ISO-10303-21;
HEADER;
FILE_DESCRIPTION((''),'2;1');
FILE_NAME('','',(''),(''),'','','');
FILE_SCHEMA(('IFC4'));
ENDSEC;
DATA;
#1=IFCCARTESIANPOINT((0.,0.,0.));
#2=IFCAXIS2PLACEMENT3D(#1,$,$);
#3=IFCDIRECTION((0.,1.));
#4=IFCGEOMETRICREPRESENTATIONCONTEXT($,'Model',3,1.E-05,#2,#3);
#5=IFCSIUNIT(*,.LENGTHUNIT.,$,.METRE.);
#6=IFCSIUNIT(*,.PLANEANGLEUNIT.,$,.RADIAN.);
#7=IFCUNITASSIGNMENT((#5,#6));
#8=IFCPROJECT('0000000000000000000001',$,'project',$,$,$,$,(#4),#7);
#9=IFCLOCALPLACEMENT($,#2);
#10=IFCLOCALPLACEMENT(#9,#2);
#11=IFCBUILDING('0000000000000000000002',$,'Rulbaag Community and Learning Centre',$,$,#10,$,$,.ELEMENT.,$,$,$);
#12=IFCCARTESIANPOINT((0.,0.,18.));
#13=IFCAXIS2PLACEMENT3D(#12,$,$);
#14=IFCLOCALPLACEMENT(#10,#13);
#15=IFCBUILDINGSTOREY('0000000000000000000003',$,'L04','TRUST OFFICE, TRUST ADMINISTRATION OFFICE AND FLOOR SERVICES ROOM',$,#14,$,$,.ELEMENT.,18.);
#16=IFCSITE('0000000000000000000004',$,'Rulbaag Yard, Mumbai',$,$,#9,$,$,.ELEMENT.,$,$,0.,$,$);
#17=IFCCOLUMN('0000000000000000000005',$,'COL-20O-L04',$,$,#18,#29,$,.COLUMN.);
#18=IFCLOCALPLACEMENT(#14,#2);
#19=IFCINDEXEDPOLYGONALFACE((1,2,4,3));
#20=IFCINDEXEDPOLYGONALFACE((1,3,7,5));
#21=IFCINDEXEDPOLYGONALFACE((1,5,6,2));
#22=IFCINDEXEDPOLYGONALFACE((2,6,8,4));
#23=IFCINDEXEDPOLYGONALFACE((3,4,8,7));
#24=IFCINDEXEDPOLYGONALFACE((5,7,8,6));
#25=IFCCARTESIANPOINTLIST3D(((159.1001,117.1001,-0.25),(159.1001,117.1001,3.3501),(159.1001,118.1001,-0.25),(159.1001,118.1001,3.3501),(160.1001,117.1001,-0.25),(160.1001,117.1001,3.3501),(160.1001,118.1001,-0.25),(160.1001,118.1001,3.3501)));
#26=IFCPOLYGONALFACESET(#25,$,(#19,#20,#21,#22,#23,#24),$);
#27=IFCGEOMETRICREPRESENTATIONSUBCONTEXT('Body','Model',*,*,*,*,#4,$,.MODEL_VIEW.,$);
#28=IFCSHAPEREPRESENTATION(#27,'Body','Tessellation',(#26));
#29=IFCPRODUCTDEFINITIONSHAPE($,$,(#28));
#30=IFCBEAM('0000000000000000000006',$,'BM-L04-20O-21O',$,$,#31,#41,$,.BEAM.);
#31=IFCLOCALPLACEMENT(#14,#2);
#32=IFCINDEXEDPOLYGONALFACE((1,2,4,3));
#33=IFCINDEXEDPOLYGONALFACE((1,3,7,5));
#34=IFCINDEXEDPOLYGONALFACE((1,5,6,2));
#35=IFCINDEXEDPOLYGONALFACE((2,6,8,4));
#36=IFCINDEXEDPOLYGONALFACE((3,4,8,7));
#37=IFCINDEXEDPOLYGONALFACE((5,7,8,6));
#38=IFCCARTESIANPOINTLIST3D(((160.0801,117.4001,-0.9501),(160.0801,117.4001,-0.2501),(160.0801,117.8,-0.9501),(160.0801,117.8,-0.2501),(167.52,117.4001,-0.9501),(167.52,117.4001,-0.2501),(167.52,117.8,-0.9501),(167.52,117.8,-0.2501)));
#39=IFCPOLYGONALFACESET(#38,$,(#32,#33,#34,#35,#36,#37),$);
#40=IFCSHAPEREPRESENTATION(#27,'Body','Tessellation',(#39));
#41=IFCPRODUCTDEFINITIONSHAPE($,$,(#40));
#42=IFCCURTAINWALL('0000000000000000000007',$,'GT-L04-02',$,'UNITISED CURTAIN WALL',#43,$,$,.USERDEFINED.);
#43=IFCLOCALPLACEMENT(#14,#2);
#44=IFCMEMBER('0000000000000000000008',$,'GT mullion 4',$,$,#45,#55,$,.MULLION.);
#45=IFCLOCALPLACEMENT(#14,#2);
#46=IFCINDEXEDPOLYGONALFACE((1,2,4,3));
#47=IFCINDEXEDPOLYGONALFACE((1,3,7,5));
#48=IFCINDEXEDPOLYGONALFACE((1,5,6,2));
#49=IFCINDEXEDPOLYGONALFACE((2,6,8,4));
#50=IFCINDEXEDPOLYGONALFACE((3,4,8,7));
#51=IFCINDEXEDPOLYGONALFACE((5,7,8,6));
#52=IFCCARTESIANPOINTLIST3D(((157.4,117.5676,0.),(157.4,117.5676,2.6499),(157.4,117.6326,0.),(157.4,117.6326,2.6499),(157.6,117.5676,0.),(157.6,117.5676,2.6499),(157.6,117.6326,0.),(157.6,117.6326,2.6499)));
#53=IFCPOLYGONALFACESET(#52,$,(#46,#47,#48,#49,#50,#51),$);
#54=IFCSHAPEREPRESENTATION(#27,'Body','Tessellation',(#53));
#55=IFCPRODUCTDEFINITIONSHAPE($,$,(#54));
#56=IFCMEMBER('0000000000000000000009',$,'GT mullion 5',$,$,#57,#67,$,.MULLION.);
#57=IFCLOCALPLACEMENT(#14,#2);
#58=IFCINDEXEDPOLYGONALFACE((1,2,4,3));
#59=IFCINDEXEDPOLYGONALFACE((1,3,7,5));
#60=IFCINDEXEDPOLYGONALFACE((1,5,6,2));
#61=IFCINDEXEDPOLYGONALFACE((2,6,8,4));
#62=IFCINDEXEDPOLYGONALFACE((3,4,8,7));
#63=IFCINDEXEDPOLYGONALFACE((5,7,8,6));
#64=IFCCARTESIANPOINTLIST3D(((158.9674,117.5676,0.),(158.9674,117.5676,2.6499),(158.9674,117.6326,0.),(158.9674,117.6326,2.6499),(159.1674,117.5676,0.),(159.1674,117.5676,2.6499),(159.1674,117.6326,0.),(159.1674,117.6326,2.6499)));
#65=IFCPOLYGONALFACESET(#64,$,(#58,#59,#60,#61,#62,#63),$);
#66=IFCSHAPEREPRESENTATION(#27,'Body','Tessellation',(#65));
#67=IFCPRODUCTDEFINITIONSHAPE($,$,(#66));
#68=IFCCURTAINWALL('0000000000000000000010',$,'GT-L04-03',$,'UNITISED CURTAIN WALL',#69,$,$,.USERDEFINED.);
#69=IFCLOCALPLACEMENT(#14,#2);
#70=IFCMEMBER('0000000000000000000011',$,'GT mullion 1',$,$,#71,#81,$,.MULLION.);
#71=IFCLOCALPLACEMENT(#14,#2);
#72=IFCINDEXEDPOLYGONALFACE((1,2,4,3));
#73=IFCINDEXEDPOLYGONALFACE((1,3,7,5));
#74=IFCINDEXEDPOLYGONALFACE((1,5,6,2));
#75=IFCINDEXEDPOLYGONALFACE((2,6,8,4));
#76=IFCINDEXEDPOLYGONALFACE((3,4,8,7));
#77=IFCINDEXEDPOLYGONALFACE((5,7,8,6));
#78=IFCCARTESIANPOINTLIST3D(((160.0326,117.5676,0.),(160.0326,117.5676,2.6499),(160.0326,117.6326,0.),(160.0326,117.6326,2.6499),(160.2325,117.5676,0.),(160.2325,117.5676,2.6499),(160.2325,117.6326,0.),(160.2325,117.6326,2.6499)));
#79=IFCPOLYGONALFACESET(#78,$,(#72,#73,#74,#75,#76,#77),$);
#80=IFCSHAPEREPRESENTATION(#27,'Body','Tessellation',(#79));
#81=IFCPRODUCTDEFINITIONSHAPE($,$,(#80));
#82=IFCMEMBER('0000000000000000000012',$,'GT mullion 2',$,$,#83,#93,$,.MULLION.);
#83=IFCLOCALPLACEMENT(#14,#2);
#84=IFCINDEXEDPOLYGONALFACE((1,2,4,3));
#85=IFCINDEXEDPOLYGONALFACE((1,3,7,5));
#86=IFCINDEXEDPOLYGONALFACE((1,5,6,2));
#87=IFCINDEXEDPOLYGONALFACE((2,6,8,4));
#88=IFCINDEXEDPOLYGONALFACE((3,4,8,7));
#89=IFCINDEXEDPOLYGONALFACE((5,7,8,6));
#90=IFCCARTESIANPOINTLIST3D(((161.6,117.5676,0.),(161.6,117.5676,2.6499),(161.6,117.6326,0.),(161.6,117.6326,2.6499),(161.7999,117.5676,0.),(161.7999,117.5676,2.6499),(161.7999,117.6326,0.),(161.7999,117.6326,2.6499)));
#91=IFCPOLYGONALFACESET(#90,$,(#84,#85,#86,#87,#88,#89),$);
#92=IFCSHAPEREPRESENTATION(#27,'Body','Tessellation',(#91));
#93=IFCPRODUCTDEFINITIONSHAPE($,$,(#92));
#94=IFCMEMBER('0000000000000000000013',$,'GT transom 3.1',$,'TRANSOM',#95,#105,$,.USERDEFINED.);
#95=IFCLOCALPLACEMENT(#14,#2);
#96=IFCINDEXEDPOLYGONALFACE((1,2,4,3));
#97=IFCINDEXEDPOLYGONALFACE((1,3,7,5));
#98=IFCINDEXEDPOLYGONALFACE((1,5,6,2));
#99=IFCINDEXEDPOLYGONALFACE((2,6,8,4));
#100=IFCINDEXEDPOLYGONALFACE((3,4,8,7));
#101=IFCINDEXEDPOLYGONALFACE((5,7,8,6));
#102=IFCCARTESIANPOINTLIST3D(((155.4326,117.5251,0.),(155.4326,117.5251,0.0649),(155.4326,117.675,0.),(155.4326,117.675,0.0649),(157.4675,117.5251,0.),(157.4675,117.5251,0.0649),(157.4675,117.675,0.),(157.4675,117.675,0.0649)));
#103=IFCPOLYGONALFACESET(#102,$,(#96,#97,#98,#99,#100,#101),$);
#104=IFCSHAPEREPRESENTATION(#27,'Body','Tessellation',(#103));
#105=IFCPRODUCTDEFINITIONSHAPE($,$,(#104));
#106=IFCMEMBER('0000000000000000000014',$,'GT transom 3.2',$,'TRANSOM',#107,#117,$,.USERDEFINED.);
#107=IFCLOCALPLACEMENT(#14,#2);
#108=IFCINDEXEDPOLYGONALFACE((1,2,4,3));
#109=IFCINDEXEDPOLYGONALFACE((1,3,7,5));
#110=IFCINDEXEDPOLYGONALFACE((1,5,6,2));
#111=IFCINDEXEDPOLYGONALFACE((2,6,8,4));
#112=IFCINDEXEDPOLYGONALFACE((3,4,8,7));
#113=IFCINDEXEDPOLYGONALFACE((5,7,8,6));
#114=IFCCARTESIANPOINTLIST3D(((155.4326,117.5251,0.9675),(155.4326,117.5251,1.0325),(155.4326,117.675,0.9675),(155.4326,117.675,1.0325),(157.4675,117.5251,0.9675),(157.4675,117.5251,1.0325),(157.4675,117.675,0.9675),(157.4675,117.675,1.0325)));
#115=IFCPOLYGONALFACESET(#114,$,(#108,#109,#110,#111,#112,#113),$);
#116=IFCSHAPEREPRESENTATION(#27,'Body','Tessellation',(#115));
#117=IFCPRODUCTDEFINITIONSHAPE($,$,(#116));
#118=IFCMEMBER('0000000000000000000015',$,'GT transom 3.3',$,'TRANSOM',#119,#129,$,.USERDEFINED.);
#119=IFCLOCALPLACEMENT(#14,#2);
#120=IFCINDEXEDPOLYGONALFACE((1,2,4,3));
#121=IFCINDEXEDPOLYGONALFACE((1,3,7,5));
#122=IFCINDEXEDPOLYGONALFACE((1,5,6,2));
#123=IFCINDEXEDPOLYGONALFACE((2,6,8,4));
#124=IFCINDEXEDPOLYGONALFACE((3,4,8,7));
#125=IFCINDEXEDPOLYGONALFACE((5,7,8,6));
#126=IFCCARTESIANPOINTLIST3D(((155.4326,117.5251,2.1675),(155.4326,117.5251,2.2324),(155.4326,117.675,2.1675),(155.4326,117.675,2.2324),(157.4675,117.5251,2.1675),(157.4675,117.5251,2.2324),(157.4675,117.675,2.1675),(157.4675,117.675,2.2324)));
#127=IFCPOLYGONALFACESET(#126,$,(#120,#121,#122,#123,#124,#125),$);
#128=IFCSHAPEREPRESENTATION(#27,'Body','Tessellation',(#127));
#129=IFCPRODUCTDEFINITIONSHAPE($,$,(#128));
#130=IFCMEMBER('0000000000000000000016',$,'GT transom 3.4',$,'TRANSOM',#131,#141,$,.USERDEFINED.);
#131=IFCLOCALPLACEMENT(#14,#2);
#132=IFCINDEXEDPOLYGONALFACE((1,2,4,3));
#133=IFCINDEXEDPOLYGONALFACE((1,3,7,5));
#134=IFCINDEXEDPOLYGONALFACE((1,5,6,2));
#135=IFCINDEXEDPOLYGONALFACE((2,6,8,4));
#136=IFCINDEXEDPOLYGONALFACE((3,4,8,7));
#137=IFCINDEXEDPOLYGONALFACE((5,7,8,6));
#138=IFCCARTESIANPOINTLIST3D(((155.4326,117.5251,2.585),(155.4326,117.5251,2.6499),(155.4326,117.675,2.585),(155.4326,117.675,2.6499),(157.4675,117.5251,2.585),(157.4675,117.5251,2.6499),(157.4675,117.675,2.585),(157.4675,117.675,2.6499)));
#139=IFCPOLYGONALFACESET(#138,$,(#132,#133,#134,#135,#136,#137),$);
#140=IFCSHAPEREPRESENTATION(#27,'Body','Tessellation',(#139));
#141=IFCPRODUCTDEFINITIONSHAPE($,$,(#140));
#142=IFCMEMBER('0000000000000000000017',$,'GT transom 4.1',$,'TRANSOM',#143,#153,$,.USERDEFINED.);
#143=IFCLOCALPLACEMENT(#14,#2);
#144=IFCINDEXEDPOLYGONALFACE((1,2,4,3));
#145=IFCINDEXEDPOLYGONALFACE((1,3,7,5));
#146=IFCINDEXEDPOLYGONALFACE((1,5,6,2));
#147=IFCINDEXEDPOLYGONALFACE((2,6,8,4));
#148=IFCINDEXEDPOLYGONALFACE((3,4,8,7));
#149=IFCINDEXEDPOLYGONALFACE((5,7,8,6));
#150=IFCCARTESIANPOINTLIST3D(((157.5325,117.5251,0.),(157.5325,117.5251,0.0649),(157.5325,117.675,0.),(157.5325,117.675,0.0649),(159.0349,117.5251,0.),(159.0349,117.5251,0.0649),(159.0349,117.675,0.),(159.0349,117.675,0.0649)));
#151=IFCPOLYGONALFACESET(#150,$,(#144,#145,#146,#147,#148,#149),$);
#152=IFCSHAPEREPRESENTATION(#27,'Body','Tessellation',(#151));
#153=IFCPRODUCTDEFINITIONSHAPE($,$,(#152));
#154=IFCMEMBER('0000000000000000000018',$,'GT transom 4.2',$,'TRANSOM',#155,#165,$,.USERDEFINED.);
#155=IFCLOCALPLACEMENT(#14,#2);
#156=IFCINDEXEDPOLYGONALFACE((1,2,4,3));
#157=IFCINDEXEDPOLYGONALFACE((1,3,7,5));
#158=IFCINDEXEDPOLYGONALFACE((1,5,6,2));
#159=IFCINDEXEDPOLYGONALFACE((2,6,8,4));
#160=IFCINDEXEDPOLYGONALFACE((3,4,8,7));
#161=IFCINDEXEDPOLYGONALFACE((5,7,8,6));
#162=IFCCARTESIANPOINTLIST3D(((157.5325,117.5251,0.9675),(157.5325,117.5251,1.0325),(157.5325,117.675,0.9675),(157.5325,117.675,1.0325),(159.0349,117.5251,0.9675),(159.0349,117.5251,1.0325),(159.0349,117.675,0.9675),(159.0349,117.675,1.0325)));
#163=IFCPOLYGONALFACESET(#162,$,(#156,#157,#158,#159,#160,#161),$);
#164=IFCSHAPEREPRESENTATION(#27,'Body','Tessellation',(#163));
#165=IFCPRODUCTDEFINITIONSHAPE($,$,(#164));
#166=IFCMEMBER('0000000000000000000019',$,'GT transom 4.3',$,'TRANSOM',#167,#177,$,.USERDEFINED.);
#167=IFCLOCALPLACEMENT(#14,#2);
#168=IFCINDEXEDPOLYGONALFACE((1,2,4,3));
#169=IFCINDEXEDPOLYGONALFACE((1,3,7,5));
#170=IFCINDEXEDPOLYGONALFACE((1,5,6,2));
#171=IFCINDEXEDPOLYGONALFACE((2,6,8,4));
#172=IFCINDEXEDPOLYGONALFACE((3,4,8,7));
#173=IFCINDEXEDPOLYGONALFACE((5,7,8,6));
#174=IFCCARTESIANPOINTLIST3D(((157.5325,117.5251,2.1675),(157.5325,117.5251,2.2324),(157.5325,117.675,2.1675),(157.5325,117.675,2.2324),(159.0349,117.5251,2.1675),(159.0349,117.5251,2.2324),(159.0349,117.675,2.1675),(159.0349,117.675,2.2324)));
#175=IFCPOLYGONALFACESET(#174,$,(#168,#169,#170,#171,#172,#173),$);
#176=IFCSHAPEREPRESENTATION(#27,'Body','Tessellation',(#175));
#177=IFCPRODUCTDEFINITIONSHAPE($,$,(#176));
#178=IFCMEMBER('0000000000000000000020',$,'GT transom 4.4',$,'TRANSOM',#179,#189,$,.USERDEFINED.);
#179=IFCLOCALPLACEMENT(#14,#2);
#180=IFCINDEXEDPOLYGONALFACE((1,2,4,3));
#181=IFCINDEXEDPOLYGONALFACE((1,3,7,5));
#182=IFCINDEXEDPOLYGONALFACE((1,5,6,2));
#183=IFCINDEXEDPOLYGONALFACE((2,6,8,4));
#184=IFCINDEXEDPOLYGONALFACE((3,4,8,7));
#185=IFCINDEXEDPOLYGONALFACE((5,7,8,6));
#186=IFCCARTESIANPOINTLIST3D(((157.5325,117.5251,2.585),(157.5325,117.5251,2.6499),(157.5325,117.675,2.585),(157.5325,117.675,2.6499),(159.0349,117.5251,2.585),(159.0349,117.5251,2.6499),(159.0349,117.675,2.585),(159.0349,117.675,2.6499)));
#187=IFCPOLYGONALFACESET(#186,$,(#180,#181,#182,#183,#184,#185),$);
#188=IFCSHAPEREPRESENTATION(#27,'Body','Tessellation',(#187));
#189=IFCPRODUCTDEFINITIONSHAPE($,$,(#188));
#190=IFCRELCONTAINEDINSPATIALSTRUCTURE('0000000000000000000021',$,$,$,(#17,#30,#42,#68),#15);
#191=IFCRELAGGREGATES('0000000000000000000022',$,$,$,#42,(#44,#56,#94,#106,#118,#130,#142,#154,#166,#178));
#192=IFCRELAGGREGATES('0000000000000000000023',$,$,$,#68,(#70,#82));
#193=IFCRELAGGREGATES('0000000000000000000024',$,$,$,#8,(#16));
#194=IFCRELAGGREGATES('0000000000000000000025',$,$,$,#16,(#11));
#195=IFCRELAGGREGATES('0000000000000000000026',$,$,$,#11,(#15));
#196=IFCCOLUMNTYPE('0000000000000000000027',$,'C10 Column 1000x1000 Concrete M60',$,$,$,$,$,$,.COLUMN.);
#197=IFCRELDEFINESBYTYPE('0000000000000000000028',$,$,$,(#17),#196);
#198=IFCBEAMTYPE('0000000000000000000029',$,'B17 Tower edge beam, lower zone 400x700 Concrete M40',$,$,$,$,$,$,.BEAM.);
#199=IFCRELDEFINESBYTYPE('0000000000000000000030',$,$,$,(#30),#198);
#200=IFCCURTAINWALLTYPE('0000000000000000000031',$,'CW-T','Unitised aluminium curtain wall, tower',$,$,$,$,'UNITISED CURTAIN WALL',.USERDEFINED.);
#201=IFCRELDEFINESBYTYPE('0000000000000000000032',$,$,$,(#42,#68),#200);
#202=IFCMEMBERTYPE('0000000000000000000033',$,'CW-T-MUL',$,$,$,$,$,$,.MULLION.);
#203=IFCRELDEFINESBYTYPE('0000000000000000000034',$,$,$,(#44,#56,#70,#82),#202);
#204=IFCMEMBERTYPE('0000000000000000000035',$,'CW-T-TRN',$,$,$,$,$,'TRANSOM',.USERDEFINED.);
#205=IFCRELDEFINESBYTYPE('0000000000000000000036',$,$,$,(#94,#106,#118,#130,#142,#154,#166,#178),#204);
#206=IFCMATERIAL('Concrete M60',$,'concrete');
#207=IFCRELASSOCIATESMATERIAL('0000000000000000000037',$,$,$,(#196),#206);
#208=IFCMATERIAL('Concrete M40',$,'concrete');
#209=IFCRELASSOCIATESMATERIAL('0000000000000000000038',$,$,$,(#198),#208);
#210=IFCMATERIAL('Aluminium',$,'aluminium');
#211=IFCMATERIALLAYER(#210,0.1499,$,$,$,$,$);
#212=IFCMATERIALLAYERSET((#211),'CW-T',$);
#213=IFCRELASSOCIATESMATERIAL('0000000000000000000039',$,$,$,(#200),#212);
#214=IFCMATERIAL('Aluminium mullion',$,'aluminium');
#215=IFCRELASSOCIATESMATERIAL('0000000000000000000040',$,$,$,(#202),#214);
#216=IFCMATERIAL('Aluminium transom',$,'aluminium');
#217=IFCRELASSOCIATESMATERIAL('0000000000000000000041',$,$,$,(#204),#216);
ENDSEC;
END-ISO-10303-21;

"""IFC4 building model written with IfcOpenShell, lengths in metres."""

from ifc_helpers import new_model, si_unit, direction, frame, origin, origin_2d, place, context, subcontext, project, spatial, rectangle, extrude, material, layer, layer_set, material_profile, profile_set, type_object, element, aggregate, save


model = new_model("IFC4")

# Units and contexts
model_context = context("Model", 3, precision=1e-05, world=origin(), true_north=direction((0.0, 1.0)))
body_context = subcontext(model_context, "Body", "Model", "MODEL_VIEW")
ifc_project = project(units=[si_unit("LENGTHUNIT", "METRE"), si_unit("PLANEANGLEUNIT", "RADIAN")], contexts=[model_context])

# Site, building, storey
site_placement = place(None, origin())
site = spatial("IfcSite", under=ifc_project, at=site_placement, Name="Rulbaag Yard, Mumbai", CompositionType="ELEMENT", RefElevation=0.0)
building_placement = place(site_placement, origin())
building = spatial("IfcBuilding", under=site, at=building_placement, Name="Rulbaag Community and Learning Centre", CompositionType="ELEMENT")
storey_placement = place(building_placement, frame((0.0, 0.0, 18.0)))
storey = spatial("IfcBuildingStorey", under=building, at=storey_placement, Name="L04", Description="TRUST OFFICE, TRUST ADMINISTRATION OFFICE AND FLOOR SERVICES ROOM", CompositionType="ELEMENT", Elevation=18.0)

# Column
ifc_material_1 = material(Name="Concrete M60", Category="concrete")
ifc_material_profile_1 = material_profile(ifc_material_1, rectangle(XDim=1.0, YDim=1.0, at=origin_2d()), Name="RC1000x1000")
ifc_profile_set_1 = profile_set([ifc_material_profile_1], Name="Concrete M60")
column_type = type_object("IfcColumnType", Name="C10 Column 1000x1000 Concrete M60", PredefinedType="COLUMN", material=ifc_profile_set_1)
column_placement = place(storey_placement, frame((159.6001, 117.6001, -0.25), z_axis=(0.0, 0.0, 1.0), x_axis=(1.0, 0.0, 0.0)))
element("IfcColumn", 1, at=column_placement, inside=storey, type_object=column_type, Name="COL-20O-L04", PredefinedType="COLUMN", context=body_context, shape_type="SweptSolid", body=[
    extrude(rectangle(XDim=1.0, YDim=1.0, at=origin_2d()), origin(), (0.0, 0.0, 1.0), 3.6001),
])

# Beam
ifc_material_2 = material(Name="Concrete M40", Category="concrete")
ifc_material_profile_2 = material_profile(ifc_material_2, rectangle(XDim=0.3999, YDim=0.7, at=origin_2d()), Name="RB400x700")
ifc_profile_set_2 = profile_set([ifc_material_profile_2], Name="Concrete M40")
beam_type = type_object("IfcBeamType", Name="B17 Tower edge beam, lower zone 400x700 Concrete M40", PredefinedType="BEAM", material=ifc_profile_set_2)
beam_placement = place(storey_placement, frame((160.0801, 117.6001, -0.6001), z_axis=(1.0, 0.0, 0.0), x_axis=(0.0, 1.0, 0.0)))
element("IfcBeam", 2, at=beam_placement, inside=storey, type_object=beam_type, Name="BM-L04-20O-21O", PredefinedType="BEAM", context=body_context, shape_type="SweptSolid", body=[
    extrude(rectangle(XDim=0.3999, YDim=0.7, at=origin_2d()), origin(), (0.0, 0.0, 1.0), 7.4399),
])

# Curtain walls, members
ifc_material_3 = material(Name="Aluminium", Category="aluminium")
ifc_layer_1 = layer(ifc_material_3, 0.1499)
ifc_layer_set_1 = layer_set([ifc_layer_1], Name="CW-T")
curtain_wall_type = type_object("IfcCurtainWallType", Name="CW-T", Description="Unitised aluminium curtain wall, tower", ElementType="UNITISED CURTAIN WALL", PredefinedType="USERDEFINED", material=ifc_layer_set_1)
curtain_wall_1_placement = place(storey_placement, origin())
curtain_wall_1 = element("IfcCurtainWall", 3, at=curtain_wall_1_placement, inside=storey, type_object=curtain_wall_type, Name="GT-L04-02", ObjectType="UNITISED CURTAIN WALL", PredefinedType="USERDEFINED")
ifc_material_4 = material(Name="Aluminium mullion", Category="aluminium")
ifc_material_profile_3 = material_profile(ifc_material_4, rectangle(XDim=0.0649, YDim=0.2, at=origin_2d()), Name="AL 65x200")
ifc_profile_set_3 = profile_set([ifc_material_profile_3], Name="Aluminium mullion")
member_type_1 = type_object("IfcMemberType", Name="CW-T-MUL", PredefinedType="MULLION", material=ifc_profile_set_3)
member_1_placement = place(storey_placement, frame((157.5, 117.6001, 0.0), z_axis=(0.0, 0.0, 1.0), x_axis=(0.0, 1.0, 0.0)))
member_1 = element("IfcMember", 4, at=member_1_placement, type_object=member_type_1, Name="GT mullion 4", PredefinedType="MULLION", context=body_context, shape_type="SweptSolid", body=[
    extrude(rectangle(XDim=0.0649, YDim=0.2, at=origin_2d()), origin(), (0.0, 0.0, 1.0), 2.6499),
])
member_2_placement = place(storey_placement, frame((159.0674, 117.6001, 0.0), z_axis=(0.0, 0.0, 1.0), x_axis=(0.0, 1.0, 0.0)))
member_2 = element("IfcMember", 5, at=member_2_placement, type_object=member_type_1, Name="GT mullion 5", PredefinedType="MULLION", context=body_context, shape_type="SweptSolid", body=[
    extrude(rectangle(XDim=0.0649, YDim=0.2, at=origin_2d()), origin(), (0.0, 0.0, 1.0), 2.6499),
])
curtain_wall_2_placement = place(storey_placement, origin())
curtain_wall_2 = element("IfcCurtainWall", 6, at=curtain_wall_2_placement, inside=storey, type_object=curtain_wall_type, Name="GT-L04-03", ObjectType="UNITISED CURTAIN WALL", PredefinedType="USERDEFINED")
member_3_placement = place(storey_placement, frame((160.1326, 117.6001, 0.0), z_axis=(0.0, 0.0, 1.0), x_axis=(0.0, 1.0, 0.0)))
member_3 = element("IfcMember", 7, at=member_3_placement, type_object=member_type_1, Name="GT mullion 1", PredefinedType="MULLION", context=body_context, shape_type="SweptSolid", body=[
    extrude(rectangle(XDim=0.0649, YDim=0.2, at=origin_2d()), origin(), (0.0, 0.0, 1.0), 2.6499),
])
member_4_placement = place(storey_placement, frame((161.7, 117.6001, 0.0), z_axis=(0.0, 0.0, 1.0), x_axis=(0.0, 1.0, 0.0)))
member_4 = element("IfcMember", 8, at=member_4_placement, type_object=member_type_1, Name="GT mullion 2", PredefinedType="MULLION", context=body_context, shape_type="SweptSolid", body=[
    extrude(rectangle(XDim=0.0649, YDim=0.2, at=origin_2d()), origin(), (0.0, 0.0, 1.0), 2.6499),
])

# Members
ifc_material_5 = material(Name="Aluminium transom", Category="aluminium")
ifc_material_profile_4 = material_profile(ifc_material_5, rectangle(XDim=0.1499, YDim=0.0649, at=origin_2d()), Name="AL 65x150 T")
ifc_profile_set_4 = profile_set([ifc_material_profile_4], Name="Aluminium transom")
member_type_2 = type_object("IfcMemberType", Name="CW-T-TRN", ElementType="TRANSOM", PredefinedType="USERDEFINED", material=ifc_profile_set_4)
member_5_placement = place(storey_placement, frame((155.4326, 117.6001, 0.0325), z_axis=(1.0, 0.0, 0.0), x_axis=(0.0, 1.0, 0.0)))
member_5 = element("IfcMember", 9, at=member_5_placement, type_object=member_type_2, Name="GT transom 3.1", ObjectType="TRANSOM", PredefinedType="USERDEFINED", context=body_context, shape_type="SweptSolid", body=[
    extrude(rectangle(XDim=0.1499, YDim=0.0649, at=origin_2d()), origin(), (0.0, 0.0, 1.0), 2.0349),
])
member_6_placement = place(storey_placement, frame((155.4326, 117.6001, 1.0), z_axis=(1.0, 0.0, 0.0), x_axis=(0.0, 1.0, 0.0)))
member_6 = element("IfcMember", 10, at=member_6_placement, type_object=member_type_2, Name="GT transom 3.2", ObjectType="TRANSOM", PredefinedType="USERDEFINED", context=body_context, shape_type="SweptSolid", body=[
    extrude(rectangle(XDim=0.1499, YDim=0.0649, at=origin_2d()), origin(), (0.0, 0.0, 1.0), 2.0349),
])
member_7_placement = place(storey_placement, frame((155.4326, 117.6001, 2.2), z_axis=(1.0, 0.0, 0.0), x_axis=(0.0, 1.0, 0.0)))
member_7 = element("IfcMember", 11, at=member_7_placement, type_object=member_type_2, Name="GT transom 3.3", ObjectType="TRANSOM", PredefinedType="USERDEFINED", context=body_context, shape_type="SweptSolid", body=[
    extrude(rectangle(XDim=0.1499, YDim=0.0649, at=origin_2d()), origin(), (0.0, 0.0, 1.0), 2.0349),
])
member_8_placement = place(storey_placement, frame((155.4326, 117.6001, 2.6174), z_axis=(1.0, 0.0, 0.0), x_axis=(0.0, 1.0, 0.0)))
member_8 = element("IfcMember", 12, at=member_8_placement, type_object=member_type_2, Name="GT transom 3.4", ObjectType="TRANSOM", PredefinedType="USERDEFINED", context=body_context, shape_type="SweptSolid", body=[
    extrude(rectangle(XDim=0.1499, YDim=0.0649, at=origin_2d()), origin(), (0.0, 0.0, 1.0), 2.0349),
])
member_9_placement = place(storey_placement, frame((157.5325, 117.6001, 0.0325), z_axis=(1.0, 0.0, 0.0), x_axis=(0.0, 1.0, 0.0)))
member_9 = element("IfcMember", 13, at=member_9_placement, type_object=member_type_2, Name="GT transom 4.1", ObjectType="TRANSOM", PredefinedType="USERDEFINED", context=body_context, shape_type="SweptSolid", body=[
    extrude(rectangle(XDim=0.1499, YDim=0.0649, at=origin_2d()), origin(), (0.0, 0.0, 1.0), 1.5024),
])
member_10_placement = place(storey_placement, frame((157.5325, 117.6001, 1.0), z_axis=(1.0, 0.0, 0.0), x_axis=(0.0, 1.0, 0.0)))
member_10 = element("IfcMember", 14, at=member_10_placement, type_object=member_type_2, Name="GT transom 4.2", ObjectType="TRANSOM", PredefinedType="USERDEFINED", context=body_context, shape_type="SweptSolid", body=[
    extrude(rectangle(XDim=0.1499, YDim=0.0649, at=origin_2d()), origin(), (0.0, 0.0, 1.0), 1.5024),
])
member_11_placement = place(storey_placement, frame((157.5325, 117.6001, 2.2), z_axis=(1.0, 0.0, 0.0), x_axis=(0.0, 1.0, 0.0)))
member_11 = element("IfcMember", 15, at=member_11_placement, type_object=member_type_2, Name="GT transom 4.3", ObjectType="TRANSOM", PredefinedType="USERDEFINED", context=body_context, shape_type="SweptSolid", body=[
    extrude(rectangle(XDim=0.1499, YDim=0.0649, at=origin_2d()), origin(), (0.0, 0.0, 1.0), 1.5024),
])
member_12_placement = place(storey_placement, frame((157.5325, 117.6001, 2.6174), z_axis=(1.0, 0.0, 0.0), x_axis=(0.0, 1.0, 0.0)))
member_12 = element("IfcMember", 16, at=member_12_placement, type_object=member_type_2, Name="GT transom 4.4", ObjectType="TRANSOM", PredefinedType="USERDEFINED", context=body_context, shape_type="SweptSolid", body=[
    extrude(rectangle(XDim=0.1499, YDim=0.0649, at=origin_2d()), origin(), (0.0, 0.0, 1.0), 1.5024),
])

aggregate(curtain_wall_1, [member_1, member_2, member_5, member_6, member_7, member_8, member_9, member_10, member_11, member_12])
aggregate(curtain_wall_2, [member_3, member_4])

save(model, "model.ifc")
